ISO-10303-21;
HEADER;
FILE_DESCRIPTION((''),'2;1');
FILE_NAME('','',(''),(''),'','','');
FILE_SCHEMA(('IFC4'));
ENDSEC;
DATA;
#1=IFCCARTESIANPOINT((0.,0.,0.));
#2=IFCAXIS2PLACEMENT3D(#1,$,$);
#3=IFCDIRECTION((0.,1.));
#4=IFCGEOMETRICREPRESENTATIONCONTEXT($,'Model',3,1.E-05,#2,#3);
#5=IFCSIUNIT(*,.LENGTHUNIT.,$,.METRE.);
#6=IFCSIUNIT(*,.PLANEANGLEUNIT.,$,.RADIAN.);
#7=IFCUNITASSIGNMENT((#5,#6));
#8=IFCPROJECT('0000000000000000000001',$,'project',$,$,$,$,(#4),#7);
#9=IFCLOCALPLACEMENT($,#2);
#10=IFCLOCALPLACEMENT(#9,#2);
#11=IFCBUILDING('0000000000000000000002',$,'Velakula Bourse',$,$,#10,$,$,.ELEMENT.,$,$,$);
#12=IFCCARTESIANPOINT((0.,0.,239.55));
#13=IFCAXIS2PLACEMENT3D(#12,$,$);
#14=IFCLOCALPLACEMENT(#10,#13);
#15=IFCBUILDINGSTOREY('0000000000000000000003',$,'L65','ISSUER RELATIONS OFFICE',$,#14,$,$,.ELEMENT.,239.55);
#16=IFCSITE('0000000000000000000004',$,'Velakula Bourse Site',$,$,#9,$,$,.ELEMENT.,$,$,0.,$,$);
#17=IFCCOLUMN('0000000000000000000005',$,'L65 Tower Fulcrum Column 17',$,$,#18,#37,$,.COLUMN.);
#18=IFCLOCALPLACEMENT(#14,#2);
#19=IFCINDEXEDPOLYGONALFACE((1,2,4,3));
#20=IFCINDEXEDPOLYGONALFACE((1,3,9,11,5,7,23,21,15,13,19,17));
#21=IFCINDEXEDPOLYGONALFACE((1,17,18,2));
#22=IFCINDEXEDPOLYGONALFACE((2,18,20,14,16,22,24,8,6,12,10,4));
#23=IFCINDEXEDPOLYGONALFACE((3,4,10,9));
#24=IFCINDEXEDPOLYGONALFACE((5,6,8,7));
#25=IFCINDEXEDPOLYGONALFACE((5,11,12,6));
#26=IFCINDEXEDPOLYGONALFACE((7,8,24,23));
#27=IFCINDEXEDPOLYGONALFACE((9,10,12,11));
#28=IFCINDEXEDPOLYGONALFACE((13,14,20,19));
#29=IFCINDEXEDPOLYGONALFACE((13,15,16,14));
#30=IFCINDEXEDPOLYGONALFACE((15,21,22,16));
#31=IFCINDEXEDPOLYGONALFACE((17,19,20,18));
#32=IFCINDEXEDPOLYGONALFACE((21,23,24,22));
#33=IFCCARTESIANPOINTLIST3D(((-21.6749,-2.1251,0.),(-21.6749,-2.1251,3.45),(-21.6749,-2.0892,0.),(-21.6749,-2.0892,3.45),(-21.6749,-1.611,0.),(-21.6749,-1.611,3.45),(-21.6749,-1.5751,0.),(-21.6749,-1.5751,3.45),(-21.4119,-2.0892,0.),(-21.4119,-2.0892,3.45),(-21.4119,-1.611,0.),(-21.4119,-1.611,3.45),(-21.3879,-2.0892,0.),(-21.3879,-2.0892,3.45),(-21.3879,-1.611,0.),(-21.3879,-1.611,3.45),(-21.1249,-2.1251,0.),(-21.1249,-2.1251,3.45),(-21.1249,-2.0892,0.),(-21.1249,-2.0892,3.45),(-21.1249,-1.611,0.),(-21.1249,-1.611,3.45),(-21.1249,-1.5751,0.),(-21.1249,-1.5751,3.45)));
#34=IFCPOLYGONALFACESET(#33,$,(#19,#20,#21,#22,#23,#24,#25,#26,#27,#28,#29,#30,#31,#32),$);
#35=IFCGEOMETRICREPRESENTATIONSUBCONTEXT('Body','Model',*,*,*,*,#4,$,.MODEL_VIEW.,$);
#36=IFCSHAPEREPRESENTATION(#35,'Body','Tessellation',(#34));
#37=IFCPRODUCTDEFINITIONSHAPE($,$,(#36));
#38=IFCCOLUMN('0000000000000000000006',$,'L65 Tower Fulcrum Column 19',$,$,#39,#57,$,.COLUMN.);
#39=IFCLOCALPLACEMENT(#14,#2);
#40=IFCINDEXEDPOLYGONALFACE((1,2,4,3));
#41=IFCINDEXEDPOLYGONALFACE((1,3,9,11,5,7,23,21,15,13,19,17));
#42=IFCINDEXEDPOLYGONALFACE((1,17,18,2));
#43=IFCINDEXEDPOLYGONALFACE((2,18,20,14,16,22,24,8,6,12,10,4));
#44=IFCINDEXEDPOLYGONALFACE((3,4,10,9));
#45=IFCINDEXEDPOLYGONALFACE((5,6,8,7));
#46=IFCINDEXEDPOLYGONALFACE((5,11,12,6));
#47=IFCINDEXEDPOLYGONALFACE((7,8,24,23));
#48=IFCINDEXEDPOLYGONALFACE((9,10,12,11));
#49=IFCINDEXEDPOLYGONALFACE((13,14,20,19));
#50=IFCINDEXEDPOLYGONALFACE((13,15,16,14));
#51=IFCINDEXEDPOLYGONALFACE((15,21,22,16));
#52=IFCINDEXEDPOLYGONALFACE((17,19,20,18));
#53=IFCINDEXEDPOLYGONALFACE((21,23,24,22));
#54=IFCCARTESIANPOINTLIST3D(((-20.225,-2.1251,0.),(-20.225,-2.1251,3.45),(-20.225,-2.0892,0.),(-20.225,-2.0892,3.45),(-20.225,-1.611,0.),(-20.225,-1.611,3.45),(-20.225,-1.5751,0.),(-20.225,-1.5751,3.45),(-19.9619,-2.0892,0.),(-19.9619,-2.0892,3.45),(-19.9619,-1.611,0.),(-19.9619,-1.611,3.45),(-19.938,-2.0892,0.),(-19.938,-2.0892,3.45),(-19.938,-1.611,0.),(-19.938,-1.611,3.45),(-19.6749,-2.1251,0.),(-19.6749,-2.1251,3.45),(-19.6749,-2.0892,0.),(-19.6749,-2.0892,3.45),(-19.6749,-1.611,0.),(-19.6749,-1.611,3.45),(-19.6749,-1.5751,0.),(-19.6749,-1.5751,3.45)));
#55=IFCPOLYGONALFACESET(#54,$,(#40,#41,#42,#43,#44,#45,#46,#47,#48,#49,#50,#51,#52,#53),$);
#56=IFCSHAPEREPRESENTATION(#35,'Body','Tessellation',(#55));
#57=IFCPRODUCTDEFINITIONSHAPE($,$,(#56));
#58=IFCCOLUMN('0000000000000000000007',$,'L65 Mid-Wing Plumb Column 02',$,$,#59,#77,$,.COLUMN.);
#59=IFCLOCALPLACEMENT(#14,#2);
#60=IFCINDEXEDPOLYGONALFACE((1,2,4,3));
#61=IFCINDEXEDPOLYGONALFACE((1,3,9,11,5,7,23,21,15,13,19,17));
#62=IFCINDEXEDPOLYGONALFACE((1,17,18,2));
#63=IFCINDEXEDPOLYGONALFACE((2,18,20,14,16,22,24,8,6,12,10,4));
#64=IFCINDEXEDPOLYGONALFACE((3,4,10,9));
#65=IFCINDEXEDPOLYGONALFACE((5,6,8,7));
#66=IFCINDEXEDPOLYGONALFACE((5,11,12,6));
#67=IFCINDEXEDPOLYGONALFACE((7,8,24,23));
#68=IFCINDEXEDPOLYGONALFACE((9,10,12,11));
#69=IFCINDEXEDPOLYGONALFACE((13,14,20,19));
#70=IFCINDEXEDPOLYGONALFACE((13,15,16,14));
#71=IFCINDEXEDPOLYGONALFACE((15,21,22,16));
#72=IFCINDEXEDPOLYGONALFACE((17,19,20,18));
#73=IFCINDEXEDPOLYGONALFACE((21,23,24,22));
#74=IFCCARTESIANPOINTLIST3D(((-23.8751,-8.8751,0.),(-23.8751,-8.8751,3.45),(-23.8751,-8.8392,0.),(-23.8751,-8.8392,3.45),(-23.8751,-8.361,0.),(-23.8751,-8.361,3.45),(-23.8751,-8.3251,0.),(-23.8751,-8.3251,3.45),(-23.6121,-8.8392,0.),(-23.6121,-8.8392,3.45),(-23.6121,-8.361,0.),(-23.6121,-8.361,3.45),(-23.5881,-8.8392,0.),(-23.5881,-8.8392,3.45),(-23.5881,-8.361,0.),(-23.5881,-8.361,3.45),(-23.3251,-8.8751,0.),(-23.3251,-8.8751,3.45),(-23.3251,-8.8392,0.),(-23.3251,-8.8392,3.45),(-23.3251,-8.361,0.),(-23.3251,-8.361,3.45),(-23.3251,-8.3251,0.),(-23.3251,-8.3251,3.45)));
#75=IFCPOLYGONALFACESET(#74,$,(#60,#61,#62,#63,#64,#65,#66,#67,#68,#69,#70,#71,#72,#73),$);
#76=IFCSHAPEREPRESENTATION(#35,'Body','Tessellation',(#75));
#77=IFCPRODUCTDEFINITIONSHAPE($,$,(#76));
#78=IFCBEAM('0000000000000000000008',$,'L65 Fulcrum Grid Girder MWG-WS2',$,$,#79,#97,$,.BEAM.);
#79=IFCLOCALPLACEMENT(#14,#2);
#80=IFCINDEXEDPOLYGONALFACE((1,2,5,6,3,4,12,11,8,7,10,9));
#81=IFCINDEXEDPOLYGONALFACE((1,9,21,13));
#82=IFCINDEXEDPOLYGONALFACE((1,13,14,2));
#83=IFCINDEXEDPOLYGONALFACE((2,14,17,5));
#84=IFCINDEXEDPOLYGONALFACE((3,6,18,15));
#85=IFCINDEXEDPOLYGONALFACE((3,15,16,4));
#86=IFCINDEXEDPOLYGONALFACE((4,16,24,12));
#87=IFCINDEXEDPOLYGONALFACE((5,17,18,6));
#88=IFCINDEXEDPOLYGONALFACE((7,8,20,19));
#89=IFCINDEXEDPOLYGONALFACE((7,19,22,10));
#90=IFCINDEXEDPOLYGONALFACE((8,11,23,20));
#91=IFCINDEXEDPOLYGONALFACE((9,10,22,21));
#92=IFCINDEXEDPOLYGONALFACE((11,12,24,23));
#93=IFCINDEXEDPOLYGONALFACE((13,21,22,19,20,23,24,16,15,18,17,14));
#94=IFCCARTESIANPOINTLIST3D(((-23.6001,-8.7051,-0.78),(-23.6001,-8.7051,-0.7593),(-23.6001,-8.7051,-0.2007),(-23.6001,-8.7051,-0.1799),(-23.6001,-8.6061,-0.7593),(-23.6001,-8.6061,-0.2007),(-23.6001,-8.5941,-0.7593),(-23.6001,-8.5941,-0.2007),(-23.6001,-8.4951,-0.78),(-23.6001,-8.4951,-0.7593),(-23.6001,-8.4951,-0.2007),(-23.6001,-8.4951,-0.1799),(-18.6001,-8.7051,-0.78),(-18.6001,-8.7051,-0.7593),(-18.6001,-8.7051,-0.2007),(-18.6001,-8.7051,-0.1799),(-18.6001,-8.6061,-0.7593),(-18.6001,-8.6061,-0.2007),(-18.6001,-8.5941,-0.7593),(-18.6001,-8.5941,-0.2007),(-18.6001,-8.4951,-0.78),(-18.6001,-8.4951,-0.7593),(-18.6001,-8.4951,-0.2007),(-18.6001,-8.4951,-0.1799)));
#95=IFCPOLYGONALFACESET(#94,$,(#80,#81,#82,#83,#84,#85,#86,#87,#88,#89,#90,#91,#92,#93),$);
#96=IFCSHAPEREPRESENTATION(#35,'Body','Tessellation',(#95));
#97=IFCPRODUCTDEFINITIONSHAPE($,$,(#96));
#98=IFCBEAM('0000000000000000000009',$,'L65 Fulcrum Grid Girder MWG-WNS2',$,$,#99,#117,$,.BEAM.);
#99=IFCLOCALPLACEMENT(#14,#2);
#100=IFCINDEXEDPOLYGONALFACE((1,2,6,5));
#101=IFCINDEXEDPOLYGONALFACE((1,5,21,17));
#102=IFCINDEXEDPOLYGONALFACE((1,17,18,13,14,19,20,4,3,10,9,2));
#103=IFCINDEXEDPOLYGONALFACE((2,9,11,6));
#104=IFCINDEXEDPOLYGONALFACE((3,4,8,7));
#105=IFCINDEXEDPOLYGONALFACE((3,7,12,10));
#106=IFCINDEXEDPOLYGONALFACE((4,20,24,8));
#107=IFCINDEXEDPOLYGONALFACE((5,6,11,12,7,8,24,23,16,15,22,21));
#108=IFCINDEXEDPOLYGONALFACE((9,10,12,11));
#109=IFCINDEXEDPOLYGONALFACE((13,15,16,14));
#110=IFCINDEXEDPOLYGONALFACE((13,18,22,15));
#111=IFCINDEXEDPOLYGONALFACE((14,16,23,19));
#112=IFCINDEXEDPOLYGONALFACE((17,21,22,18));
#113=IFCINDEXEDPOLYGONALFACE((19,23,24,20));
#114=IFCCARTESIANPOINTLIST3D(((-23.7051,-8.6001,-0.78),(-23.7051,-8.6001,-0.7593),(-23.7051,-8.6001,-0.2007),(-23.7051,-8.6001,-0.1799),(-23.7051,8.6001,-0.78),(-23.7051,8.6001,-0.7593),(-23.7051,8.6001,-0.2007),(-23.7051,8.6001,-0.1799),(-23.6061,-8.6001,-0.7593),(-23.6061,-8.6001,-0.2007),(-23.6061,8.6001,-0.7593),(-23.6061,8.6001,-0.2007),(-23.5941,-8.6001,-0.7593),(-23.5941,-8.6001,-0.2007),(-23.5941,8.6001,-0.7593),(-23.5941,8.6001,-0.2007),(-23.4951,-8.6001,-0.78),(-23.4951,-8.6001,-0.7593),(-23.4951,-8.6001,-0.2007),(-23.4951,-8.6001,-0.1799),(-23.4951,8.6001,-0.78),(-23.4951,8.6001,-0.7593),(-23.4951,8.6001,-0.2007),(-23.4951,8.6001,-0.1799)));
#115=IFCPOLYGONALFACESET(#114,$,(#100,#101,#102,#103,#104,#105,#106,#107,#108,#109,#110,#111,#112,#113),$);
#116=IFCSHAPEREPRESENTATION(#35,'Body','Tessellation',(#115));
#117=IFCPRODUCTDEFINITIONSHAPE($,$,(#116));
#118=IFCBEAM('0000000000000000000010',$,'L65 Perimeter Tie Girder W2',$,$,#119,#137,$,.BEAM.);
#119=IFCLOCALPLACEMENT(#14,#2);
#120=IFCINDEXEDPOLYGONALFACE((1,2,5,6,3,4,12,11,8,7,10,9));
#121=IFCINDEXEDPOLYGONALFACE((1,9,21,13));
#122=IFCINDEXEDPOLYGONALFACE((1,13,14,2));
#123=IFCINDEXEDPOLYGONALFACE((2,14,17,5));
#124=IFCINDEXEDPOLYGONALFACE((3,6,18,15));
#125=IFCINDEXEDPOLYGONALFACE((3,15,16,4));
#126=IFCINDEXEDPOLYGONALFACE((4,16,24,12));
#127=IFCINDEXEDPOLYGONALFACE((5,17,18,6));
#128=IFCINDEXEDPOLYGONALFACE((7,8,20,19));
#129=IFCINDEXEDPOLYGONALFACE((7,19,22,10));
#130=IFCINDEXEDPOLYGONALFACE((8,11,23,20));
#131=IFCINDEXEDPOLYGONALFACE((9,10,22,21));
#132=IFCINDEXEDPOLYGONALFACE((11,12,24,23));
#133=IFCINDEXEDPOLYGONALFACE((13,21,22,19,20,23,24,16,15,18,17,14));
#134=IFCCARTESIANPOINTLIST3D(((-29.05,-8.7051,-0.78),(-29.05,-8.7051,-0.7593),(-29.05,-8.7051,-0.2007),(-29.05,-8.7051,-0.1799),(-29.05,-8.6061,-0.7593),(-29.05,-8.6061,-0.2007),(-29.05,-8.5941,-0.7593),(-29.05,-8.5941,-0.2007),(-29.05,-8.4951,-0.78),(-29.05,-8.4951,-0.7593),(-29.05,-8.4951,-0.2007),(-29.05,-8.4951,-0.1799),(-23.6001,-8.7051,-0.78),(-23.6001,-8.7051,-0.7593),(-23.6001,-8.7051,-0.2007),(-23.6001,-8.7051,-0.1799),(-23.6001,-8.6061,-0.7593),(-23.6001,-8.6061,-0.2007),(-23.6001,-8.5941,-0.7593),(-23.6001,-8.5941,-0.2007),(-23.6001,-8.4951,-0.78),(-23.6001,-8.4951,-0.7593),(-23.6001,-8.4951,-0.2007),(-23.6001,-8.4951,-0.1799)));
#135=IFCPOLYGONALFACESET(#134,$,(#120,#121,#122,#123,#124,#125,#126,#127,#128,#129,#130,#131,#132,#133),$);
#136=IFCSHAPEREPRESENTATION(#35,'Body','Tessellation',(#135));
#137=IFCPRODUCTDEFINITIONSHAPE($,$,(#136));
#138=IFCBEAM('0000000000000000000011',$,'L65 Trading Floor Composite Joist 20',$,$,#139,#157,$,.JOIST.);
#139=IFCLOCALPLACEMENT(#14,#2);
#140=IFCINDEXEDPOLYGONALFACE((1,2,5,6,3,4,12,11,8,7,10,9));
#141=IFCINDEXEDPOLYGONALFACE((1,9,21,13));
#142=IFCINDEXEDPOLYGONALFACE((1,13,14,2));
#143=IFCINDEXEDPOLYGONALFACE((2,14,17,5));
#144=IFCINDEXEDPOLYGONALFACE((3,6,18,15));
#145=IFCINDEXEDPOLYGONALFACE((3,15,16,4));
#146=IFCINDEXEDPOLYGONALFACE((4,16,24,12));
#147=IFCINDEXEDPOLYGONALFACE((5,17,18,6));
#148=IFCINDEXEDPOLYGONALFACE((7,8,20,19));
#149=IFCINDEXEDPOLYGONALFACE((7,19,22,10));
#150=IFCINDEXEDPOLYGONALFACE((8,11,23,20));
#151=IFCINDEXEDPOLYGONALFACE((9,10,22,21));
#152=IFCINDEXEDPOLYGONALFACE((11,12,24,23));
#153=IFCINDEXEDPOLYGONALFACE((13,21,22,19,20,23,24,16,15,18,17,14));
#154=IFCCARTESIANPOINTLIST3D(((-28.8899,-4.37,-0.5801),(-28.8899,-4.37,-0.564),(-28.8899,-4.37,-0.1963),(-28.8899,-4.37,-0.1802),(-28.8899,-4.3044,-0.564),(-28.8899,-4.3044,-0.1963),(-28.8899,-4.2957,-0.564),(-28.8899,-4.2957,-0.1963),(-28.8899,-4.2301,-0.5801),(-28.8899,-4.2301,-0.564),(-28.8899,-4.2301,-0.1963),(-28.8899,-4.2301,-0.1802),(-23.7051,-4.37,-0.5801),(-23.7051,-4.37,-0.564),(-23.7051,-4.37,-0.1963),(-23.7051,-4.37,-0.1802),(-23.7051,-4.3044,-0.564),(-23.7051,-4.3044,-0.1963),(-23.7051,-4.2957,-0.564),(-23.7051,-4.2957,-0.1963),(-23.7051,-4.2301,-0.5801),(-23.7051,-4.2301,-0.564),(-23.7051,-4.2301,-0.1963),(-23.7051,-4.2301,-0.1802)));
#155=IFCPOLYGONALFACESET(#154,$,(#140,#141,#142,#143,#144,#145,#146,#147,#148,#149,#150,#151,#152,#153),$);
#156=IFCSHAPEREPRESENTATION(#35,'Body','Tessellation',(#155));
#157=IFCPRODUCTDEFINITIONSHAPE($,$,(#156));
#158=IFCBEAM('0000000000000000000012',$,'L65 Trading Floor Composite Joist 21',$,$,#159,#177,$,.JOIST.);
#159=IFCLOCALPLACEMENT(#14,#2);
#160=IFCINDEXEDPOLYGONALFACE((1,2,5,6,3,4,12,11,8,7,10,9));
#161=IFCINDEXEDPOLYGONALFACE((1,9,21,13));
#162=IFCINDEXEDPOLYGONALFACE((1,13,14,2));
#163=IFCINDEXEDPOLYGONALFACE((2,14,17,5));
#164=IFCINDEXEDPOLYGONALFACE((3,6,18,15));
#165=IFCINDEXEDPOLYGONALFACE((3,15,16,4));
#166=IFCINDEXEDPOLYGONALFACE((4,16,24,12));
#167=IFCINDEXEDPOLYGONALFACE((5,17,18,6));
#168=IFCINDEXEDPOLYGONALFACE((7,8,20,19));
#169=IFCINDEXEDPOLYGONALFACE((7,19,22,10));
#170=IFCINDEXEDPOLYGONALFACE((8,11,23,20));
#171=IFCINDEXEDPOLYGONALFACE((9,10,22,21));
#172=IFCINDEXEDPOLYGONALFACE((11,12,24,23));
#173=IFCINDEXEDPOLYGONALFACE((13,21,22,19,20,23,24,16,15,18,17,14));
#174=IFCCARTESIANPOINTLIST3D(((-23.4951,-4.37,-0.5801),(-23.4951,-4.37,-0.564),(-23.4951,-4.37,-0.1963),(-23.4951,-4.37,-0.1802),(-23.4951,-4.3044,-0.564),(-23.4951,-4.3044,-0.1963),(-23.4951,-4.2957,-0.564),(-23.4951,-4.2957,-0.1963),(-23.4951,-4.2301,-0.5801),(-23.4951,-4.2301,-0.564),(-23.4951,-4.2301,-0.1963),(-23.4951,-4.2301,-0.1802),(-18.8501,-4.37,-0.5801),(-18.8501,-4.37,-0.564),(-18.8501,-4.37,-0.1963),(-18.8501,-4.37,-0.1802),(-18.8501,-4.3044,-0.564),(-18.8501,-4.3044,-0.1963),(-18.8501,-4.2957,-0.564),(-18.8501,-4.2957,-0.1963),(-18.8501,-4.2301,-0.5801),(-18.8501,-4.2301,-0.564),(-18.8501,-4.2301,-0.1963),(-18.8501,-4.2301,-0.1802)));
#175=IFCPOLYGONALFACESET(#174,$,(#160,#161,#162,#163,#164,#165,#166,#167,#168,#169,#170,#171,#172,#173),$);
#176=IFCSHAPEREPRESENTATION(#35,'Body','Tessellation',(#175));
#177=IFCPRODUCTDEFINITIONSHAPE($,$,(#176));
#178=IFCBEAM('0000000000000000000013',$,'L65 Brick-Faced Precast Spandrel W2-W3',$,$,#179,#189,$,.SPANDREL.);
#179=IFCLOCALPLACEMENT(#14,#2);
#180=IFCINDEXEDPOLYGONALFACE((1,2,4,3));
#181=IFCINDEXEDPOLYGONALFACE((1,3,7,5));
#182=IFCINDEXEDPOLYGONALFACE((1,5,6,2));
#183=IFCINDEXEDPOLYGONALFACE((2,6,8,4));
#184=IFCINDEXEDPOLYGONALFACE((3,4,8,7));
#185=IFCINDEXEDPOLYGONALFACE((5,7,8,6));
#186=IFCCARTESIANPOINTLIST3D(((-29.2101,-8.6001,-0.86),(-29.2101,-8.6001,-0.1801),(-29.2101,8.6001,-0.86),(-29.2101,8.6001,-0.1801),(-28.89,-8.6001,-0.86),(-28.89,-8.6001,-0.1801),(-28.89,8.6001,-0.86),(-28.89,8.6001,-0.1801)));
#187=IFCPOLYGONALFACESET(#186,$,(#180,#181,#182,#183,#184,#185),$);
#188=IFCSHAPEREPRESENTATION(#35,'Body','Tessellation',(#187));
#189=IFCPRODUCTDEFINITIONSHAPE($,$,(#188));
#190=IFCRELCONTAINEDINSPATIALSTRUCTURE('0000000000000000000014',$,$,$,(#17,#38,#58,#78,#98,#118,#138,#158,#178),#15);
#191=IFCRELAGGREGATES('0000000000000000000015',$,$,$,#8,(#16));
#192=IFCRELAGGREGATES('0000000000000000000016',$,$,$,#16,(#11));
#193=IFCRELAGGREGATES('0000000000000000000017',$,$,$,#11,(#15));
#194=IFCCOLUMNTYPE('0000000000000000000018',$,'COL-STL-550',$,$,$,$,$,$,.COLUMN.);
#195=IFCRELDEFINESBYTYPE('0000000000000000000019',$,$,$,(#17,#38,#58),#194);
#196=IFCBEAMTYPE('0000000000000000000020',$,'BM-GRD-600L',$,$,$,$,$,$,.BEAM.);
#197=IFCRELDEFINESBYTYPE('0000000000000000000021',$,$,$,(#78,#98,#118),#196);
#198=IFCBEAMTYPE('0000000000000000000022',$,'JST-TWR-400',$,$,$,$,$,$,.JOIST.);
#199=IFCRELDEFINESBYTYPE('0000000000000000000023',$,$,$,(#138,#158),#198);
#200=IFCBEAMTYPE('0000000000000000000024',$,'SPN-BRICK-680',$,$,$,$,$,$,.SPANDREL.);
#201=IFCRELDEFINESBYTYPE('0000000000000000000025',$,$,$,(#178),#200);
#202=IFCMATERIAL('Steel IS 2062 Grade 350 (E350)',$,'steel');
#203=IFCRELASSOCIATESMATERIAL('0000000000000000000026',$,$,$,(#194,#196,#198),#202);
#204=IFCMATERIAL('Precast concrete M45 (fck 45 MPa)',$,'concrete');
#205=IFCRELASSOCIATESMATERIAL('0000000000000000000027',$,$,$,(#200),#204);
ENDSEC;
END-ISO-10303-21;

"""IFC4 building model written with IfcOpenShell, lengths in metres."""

from ifc_helpers import new_model, si_unit, direction, frame, origin, origin_2d, place, context, subcontext, project, spatial, rectangle, i_section, extrude, material, material_profile, profile_set, type_object, element, save


model = new_model("IFC4")

# Units and contexts
model_context = context("Model", 3, precision=1e-05, world=origin(), true_north=direction((0.0, 1.0)))
body_context = subcontext(model_context, "Body", "Model", "MODEL_VIEW")
ifc_project = project(units=[si_unit("LENGTHUNIT", "METRE"), si_unit("PLANEANGLEUNIT", "RADIAN")], contexts=[model_context])

# Site, building, storey
site_placement = place(None, origin())
site = spatial("IfcSite", under=ifc_project, at=site_placement, Name="Velakula Bourse Site", CompositionType="ELEMENT", RefElevation=0.0)
building_placement = place(site_placement, origin())
building = spatial("IfcBuilding", under=site, at=building_placement, Name="Velakula Bourse", CompositionType="ELEMENT")
storey_placement = place(building_placement, frame((0.0, 0.0, 239.55)))
storey = spatial("IfcBuildingStorey", under=building, at=storey_placement, Name="L65", Description="ISSUER RELATIONS OFFICE", CompositionType="ELEMENT", Elevation=239.55)

# Columns
ifc_material_1 = material(Name="Steel IS 2062 Grade 350 (E350)", Category="steel")
ifc_material_profile_1 = material_profile(ifc_material_1, i_section(OverallWidth=0.55, OverallDepth=0.55, WebThickness=0.0239, FlangeThickness=0.0359, at=origin_2d()), Name="Steel IS 2062 Grade 350 (E350)")
ifc_profile_set_1 = profile_set([ifc_material_profile_1], Name="Steel IS 2062 Grade 350 (E350)")
column_type = type_object("IfcColumnType", Name="COL-STL-550", PredefinedType="COLUMN", material=ifc_profile_set_1)
for number, where, z_axis, x_axis, name in (
    (1, (-21.3999, -1.8501, 0.0), (0.0, 0.0, 1.0), (1.0, 0.0, 0.0), "L65 Tower Fulcrum Column 17"),
    (2, (-19.95, -1.8501, 0.0), (0.0, 0.0, 1.0), (1.0, 0.0, 0.0), "L65 Tower Fulcrum Column 19"),
    (3, (-23.6001, -8.6001, 0.0), (0.0, 0.0, 1.0), (1.0, 0.0, 0.0), "L65 Mid-Wing Plumb Column 02"),
):
    element("IfcColumn", number, at=place(storey_placement, frame(where, z_axis=z_axis, x_axis=x_axis)), inside=storey, type_object=column_type, Name=name, PredefinedType="COLUMN", context=body_context, shape_type="SweptSolid", body=[
        extrude(i_section(OverallWidth=0.55, OverallDepth=0.55, WebThickness=0.0239, FlangeThickness=0.0359, at=origin_2d()), origin(), (0.0, 0.0, 1.0), 3.45),
    ])

# Beams
ifc_material_profile_2 = material_profile(ifc_material_1, i_section(OverallWidth=0.21, OverallDepth=0.6001, WebThickness=0.012, FlangeThickness=0.0208, at=origin_2d()), Name="Steel IS 2062 Grade 350 (E350)")
ifc_profile_set_2 = profile_set([ifc_material_profile_2], Name="Steel IS 2062 Grade 350 (E350)")
beam_type_1 = type_object("IfcBeamType", Name="BM-GRD-600L", PredefinedType="BEAM", material=ifc_profile_set_2)
beam_1_placement = place(storey_placement, frame((-23.6001, -8.6001, -0.48), z_axis=(1.0, 0.0, 0.0), x_axis=(0.0, 1.0, 0.0)))
element("IfcBeam", 4, at=beam_1_placement, inside=storey, type_object=beam_type_1, Name="L65 Fulcrum Grid Girder MWG-WS2", PredefinedType="BEAM", context=body_context, shape_type="SweptSolid", body=[
    extrude(i_section(OverallWidth=0.21, OverallDepth=0.6001, WebThickness=0.012, FlangeThickness=0.0208, at=origin_2d()), origin(), (0.0, 0.0, 1.0), 5.0),
])
beam_2_placement = place(storey_placement, frame((-23.6001, -8.6001, -0.48), z_axis=(0.0, 1.0, 0.0), x_axis=(-1.0, 0.0, 0.0)))
element("IfcBeam", 5, at=beam_2_placement, inside=storey, type_object=beam_type_1, Name="L65 Fulcrum Grid Girder MWG-WNS2", PredefinedType="BEAM", context=body_context, shape_type="SweptSolid", body=[
    extrude(i_section(OverallWidth=0.21, OverallDepth=0.6001, WebThickness=0.012, FlangeThickness=0.0208, at=origin_2d()), origin(), (0.0, 0.0, 1.0), 17.2002),
])
beam_3_placement = place(storey_placement, frame((-23.6001, -8.6001, -0.48), z_axis=(-1.0, 0.0, 0.0), x_axis=(0.0, -1.0, 0.0)))
element("IfcBeam", 6, at=beam_3_placement, inside=storey, type_object=beam_type_1, Name="L65 Perimeter Tie Girder W2", PredefinedType="BEAM", context=body_context, shape_type="SweptSolid", body=[
    extrude(i_section(OverallWidth=0.21, OverallDepth=0.6001, WebThickness=0.012, FlangeThickness=0.0208, at=origin_2d()), origin(), (0.0, 0.0, 1.0), 5.45),
])
ifc_material_profile_3 = material_profile(ifc_material_1, i_section(OverallWidth=0.1399, OverallDepth=0.3999, WebThickness=0.0088, FlangeThickness=0.0161, at=origin_2d()), Name="Steel IS 2062 Grade 350 (E350)")
ifc_profile_set_3 = profile_set([ifc_material_profile_3], Name="Steel IS 2062 Grade 350 (E350)")
beam_type_2 = type_object("IfcBeamType", Name="JST-TWR-400", PredefinedType="JOIST", material=ifc_profile_set_3)
beam_4_placement = place(storey_placement, frame((-28.8899, -4.3, -0.3801), z_axis=(1.0, 0.0, 0.0), x_axis=(0.0, 1.0, 0.0)))
element("IfcBeam", 7, at=beam_4_placement, inside=storey, type_object=beam_type_2, Name="L65 Trading Floor Composite Joist 20", PredefinedType="JOIST", context=body_context, shape_type="SweptSolid", body=[
    extrude(i_section(OverallWidth=0.1399, OverallDepth=0.3999, WebThickness=0.0088, FlangeThickness=0.0161, at=origin_2d()), origin(), (0.0, 0.0, 1.0), 5.1848),
])
beam_5_placement = place(storey_placement, frame((-23.4951, -4.3, -0.3801), z_axis=(1.0, 0.0, 0.0), x_axis=(0.0, 1.0, 0.0)))
element("IfcBeam", 8, at=beam_5_placement, inside=storey, type_object=beam_type_2, Name="L65 Trading Floor Composite Joist 21", PredefinedType="JOIST", context=body_context, shape_type="SweptSolid", body=[
    extrude(i_section(OverallWidth=0.1399, OverallDepth=0.3999, WebThickness=0.0088, FlangeThickness=0.0161, at=origin_2d()), origin(), (0.0, 0.0, 1.0), 4.645),
])
ifc_material_2 = material(Name="Precast concrete M45 (fck 45 MPa)", Category="concrete")
ifc_material_profile_4 = material_profile(ifc_material_2, rectangle(XDim=0.3201, YDim=0.6799, at=origin_2d()), Name="Precast concrete M45 (fck 45 MPa)")
ifc_profile_set_4 = profile_set([ifc_material_profile_4], Name="Precast concrete M45 (fck 45 MPa)")
beam_type_3 = type_object("IfcBeamType", Name="SPN-BRICK-680", PredefinedType="SPANDREL", material=ifc_profile_set_4)
beam_6_placement = place(storey_placement, frame((-29.05, -8.6001, -0.52), z_axis=(0.0, 1.0, 0.0), x_axis=(-1.0, 0.0, 0.0)))
element("IfcBeam", 9, at=beam_6_placement, inside=storey, type_object=beam_type_3, Name="L65 Brick-Faced Precast Spandrel W2-W3", PredefinedType="SPANDREL", context=body_context, shape_type="SweptSolid", body=[
    extrude(rectangle(XDim=0.3201, YDim=0.6799, at=origin_2d()), origin(), (0.0, 0.0, 1.0), 17.2002),
])

save(model, "model.ifc")
